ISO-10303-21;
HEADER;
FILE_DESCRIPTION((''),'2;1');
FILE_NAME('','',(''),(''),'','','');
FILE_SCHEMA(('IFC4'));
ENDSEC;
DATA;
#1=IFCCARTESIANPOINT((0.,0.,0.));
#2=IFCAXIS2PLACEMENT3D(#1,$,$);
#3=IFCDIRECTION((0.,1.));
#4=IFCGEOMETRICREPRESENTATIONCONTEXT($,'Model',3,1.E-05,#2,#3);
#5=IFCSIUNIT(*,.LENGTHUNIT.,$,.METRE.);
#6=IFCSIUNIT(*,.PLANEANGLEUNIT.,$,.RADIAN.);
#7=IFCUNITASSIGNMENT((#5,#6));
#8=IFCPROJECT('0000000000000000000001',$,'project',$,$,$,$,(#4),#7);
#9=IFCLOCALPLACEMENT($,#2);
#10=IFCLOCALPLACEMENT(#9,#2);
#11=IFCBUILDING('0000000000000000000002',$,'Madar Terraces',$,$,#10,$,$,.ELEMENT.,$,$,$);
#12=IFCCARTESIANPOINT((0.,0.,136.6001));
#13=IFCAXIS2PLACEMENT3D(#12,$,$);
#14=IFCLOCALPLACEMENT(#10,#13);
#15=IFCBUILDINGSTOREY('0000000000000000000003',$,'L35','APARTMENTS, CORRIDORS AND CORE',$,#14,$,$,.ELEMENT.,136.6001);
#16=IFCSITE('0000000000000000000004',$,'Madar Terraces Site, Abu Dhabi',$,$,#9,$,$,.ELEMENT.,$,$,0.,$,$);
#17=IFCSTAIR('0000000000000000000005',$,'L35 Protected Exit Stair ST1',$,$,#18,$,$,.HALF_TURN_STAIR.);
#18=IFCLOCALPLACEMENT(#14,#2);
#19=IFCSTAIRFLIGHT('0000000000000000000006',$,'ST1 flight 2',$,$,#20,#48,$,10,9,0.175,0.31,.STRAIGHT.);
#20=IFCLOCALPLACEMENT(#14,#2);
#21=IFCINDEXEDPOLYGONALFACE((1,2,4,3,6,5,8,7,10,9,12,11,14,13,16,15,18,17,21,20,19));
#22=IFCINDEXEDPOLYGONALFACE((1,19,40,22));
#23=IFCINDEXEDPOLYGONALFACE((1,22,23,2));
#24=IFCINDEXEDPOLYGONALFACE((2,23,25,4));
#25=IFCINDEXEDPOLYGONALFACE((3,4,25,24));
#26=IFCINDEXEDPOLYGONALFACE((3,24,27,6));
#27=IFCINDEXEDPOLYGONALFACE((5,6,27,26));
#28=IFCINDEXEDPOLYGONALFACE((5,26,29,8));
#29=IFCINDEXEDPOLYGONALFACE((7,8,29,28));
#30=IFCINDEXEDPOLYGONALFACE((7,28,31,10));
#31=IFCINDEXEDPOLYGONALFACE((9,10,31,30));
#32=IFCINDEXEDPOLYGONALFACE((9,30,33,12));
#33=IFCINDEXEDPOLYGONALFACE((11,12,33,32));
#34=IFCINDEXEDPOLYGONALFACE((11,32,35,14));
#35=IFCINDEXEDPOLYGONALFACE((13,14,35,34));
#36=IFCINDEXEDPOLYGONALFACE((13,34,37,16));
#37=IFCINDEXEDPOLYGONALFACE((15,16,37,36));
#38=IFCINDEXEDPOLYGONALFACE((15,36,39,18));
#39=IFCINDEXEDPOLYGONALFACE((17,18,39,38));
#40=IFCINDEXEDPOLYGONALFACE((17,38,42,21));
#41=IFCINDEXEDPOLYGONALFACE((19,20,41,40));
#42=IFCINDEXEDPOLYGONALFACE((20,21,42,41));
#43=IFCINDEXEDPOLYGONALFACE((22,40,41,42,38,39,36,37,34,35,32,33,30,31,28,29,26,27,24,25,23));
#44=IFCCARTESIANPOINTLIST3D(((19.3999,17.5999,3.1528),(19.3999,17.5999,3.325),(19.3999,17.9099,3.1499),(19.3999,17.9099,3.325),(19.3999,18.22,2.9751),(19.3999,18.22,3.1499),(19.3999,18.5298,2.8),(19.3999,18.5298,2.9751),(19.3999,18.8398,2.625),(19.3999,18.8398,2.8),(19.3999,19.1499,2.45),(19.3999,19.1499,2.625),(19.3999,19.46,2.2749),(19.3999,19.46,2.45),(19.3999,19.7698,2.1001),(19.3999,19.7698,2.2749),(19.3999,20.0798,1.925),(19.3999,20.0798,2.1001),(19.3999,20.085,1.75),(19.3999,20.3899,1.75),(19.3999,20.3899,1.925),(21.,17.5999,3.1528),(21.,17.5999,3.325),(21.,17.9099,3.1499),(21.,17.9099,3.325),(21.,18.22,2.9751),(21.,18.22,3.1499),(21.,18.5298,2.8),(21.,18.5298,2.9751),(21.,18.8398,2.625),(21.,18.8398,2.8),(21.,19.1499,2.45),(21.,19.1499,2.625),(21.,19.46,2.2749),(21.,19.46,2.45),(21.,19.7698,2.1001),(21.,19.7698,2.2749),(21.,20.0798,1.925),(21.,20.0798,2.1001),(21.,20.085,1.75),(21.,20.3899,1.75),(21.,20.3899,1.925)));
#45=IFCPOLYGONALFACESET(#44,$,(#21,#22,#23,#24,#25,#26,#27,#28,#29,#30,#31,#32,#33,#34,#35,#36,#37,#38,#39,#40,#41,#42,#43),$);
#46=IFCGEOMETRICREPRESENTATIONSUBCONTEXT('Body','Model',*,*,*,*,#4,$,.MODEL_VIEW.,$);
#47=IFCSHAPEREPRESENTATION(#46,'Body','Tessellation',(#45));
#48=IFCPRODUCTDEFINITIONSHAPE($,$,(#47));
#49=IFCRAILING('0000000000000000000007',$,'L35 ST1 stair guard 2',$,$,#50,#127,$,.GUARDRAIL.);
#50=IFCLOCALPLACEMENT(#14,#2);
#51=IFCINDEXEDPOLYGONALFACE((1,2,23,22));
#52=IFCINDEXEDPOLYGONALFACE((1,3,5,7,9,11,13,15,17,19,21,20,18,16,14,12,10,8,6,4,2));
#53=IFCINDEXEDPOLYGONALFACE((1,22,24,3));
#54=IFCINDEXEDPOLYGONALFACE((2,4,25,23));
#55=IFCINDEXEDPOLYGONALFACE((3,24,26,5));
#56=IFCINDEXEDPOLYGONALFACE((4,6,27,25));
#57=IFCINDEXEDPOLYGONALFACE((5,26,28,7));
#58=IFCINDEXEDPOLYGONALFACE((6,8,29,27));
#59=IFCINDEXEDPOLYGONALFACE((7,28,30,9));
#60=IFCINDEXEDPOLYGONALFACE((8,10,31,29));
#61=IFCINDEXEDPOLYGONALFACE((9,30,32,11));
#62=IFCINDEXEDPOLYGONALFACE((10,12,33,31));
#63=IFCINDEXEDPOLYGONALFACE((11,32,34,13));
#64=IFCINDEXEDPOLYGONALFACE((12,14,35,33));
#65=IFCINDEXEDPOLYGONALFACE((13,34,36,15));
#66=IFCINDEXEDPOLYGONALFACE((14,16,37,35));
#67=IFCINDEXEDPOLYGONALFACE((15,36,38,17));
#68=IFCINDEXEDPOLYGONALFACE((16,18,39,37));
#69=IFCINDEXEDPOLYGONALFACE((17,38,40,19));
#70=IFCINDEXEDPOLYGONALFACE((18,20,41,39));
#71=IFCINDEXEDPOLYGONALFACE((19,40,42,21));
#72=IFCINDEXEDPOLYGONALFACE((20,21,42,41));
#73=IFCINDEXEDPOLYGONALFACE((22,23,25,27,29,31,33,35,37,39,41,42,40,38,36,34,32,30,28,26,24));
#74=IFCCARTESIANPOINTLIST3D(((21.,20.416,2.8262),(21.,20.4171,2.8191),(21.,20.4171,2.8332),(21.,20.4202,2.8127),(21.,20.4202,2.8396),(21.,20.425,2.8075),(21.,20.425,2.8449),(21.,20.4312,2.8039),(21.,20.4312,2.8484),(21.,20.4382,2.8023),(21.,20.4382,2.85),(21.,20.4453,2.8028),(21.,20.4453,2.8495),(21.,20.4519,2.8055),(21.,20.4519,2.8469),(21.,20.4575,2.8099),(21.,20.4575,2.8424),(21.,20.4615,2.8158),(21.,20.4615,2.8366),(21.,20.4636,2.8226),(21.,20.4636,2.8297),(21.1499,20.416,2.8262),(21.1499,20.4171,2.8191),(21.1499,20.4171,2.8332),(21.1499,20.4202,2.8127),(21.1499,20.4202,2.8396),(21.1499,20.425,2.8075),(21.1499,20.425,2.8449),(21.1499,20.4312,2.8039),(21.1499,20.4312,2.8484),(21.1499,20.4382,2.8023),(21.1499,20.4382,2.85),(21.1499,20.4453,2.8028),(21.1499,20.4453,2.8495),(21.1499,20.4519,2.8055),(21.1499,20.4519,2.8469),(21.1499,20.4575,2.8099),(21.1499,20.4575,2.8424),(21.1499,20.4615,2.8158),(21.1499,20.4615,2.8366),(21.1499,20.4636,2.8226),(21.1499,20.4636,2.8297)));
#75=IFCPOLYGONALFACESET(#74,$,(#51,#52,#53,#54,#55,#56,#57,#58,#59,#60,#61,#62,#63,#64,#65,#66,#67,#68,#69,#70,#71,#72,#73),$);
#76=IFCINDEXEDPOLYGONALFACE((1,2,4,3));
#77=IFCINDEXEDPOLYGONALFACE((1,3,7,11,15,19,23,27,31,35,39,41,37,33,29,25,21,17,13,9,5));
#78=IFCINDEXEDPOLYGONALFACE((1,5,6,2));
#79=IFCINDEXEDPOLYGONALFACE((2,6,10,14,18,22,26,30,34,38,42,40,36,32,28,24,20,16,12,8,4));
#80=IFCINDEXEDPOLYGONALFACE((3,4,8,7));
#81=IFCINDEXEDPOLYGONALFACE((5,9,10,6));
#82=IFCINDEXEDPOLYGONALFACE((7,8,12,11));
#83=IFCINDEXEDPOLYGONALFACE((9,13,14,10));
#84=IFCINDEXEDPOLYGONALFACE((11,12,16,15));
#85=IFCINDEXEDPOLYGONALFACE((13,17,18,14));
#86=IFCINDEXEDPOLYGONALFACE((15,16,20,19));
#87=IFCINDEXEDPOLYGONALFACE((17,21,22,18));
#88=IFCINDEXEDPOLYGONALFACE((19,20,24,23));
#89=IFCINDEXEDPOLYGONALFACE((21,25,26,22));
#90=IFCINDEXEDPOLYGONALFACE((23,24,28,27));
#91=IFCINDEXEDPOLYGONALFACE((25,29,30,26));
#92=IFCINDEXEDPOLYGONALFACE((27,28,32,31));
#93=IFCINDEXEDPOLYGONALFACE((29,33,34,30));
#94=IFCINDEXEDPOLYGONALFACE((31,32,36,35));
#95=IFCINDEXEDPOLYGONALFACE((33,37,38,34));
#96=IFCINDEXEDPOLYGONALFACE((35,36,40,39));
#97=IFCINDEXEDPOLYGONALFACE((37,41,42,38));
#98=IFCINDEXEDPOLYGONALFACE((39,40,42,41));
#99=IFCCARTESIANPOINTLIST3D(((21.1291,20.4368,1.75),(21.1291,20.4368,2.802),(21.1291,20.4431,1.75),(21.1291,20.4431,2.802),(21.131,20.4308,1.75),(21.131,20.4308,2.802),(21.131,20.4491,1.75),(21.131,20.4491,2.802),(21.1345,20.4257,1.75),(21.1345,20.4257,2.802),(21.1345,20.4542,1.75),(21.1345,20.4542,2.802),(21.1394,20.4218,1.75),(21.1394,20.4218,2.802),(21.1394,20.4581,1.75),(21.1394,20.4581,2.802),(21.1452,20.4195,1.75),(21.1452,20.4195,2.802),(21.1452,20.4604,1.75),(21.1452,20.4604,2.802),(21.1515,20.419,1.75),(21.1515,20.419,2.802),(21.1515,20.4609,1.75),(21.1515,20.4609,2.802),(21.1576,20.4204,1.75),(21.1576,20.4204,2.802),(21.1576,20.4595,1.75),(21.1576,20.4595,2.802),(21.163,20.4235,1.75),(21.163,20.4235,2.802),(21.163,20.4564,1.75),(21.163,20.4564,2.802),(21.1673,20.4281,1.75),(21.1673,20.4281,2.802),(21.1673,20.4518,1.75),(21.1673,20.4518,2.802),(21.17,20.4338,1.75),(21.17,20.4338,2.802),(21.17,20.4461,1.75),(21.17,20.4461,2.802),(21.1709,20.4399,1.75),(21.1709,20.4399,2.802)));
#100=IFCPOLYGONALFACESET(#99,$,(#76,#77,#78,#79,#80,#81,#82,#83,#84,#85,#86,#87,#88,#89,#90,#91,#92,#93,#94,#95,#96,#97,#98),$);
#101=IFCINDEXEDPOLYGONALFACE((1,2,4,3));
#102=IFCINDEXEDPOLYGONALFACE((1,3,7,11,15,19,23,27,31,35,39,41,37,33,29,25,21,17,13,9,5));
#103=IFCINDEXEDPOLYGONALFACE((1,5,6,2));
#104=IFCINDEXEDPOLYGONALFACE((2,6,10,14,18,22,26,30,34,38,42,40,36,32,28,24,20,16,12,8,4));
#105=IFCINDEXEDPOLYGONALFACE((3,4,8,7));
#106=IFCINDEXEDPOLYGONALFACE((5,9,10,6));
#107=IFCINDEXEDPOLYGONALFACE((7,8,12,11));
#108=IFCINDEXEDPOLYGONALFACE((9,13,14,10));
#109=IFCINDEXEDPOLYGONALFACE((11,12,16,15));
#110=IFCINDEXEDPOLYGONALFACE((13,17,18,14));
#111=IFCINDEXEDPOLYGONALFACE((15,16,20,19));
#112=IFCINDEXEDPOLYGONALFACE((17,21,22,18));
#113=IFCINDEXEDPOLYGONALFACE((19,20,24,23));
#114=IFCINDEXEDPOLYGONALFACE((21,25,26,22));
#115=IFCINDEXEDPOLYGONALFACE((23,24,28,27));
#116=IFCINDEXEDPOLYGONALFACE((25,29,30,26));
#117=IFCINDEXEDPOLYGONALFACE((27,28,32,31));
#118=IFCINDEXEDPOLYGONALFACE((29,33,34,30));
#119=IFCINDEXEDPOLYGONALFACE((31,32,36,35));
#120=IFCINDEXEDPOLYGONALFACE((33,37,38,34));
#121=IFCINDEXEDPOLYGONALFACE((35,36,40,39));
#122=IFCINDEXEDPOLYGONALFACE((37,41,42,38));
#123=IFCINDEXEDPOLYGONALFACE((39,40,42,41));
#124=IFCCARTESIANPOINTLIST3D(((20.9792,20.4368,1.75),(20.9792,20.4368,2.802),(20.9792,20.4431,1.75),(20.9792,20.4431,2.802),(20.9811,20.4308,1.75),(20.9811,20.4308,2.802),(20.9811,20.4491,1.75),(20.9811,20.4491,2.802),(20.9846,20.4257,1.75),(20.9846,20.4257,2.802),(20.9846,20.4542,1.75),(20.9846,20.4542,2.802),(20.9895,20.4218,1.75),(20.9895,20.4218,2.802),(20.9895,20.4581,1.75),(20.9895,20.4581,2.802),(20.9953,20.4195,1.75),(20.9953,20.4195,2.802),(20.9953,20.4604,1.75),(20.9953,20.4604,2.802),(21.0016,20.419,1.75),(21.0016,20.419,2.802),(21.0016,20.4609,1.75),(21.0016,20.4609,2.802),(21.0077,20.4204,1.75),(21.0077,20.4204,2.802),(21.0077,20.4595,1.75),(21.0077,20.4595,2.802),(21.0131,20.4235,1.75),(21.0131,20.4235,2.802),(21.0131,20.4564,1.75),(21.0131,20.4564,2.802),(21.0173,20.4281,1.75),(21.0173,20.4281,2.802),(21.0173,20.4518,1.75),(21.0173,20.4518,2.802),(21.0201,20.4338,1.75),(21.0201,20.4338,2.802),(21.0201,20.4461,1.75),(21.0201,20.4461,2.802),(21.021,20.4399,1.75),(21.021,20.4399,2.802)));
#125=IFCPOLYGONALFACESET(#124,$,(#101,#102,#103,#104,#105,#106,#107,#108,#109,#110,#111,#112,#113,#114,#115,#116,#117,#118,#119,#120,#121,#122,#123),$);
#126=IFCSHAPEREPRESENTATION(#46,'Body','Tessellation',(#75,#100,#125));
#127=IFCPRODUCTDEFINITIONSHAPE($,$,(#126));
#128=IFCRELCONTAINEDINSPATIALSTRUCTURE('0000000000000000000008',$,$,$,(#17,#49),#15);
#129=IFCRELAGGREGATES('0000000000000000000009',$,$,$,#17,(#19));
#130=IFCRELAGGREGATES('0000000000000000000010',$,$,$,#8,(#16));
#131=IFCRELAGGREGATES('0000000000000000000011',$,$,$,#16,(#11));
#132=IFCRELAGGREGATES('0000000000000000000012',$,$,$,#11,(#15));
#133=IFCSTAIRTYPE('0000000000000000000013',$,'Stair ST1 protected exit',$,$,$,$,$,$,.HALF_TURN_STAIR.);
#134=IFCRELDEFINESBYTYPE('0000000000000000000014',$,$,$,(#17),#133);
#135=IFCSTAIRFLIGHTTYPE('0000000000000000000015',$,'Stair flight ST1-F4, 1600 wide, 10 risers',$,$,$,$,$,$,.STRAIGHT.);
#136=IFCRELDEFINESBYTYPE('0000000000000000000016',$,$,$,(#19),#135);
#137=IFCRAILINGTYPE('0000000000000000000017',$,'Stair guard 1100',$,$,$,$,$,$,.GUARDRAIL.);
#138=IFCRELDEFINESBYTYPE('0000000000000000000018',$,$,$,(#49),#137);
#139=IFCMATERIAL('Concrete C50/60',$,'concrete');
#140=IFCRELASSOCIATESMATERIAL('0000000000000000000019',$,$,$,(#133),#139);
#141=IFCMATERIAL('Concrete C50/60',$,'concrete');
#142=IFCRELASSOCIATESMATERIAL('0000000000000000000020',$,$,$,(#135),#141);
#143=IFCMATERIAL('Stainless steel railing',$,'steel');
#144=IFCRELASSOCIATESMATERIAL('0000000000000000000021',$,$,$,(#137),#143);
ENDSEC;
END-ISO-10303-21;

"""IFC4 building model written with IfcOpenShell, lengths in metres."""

from ifc_helpers import new_model, si_unit, direction, frame, origin, origin_2d, place, context, subcontext, project, spatial, polyline, circle, outline, extrude, material, type_object, element, aggregate, save


model = new_model("IFC4")

# Units and contexts
model_context = context("Model", 3, precision=1e-05, world=origin(), true_north=direction((0.0, 1.0)))
body_context = subcontext(model_context, "Body", "Model", "MODEL_VIEW")
ifc_project = project(units=[si_unit("LENGTHUNIT", "METRE"), si_unit("PLANEANGLEUNIT", "RADIAN")], contexts=[model_context])

# Site, building, storey
site_placement = place(None, origin())
site = spatial("IfcSite", under=ifc_project, at=site_placement, Name="Madar Terraces Site, Abu Dhabi", CompositionType="ELEMENT", RefElevation=0.0)
building_placement = place(site_placement, origin())
building = spatial("IfcBuilding", under=site, at=building_placement, Name="Madar Terraces", CompositionType="ELEMENT")
storey_placement = place(building_placement, frame((0.0, 0.0, 136.6001)))
storey = spatial("IfcBuildingStorey", under=building, at=storey_placement, Name="L35", Description="APARTMENTS, CORRIDORS AND CORE", CompositionType="ELEMENT", Elevation=136.6001)

# Stair, stair flight
ifc_material_1 = material(Name="Concrete C50/60", Category="concrete")
stair_type = type_object("IfcStairType", Name="Stair ST1 protected exit", PredefinedType="HALF_TURN_STAIR", material=ifc_material_1)
stair_placement = place(storey_placement, origin())
stair = element("IfcStair", 1, at=stair_placement, inside=storey, type_object=stair_type, Name="L35 Protected Exit Stair ST1", PredefinedType="HALF_TURN_STAIR")
ifc_material_2 = material(Name="Concrete C50/60", Category="concrete")
stair_flight_type = type_object("IfcStairFlightType", Name="Stair flight ST1-F4, 1600 wide, 10 risers", PredefinedType="STRAIGHT", material=ifc_material_2)
stair_flight_placement = place(storey_placement, frame((20.2, 20.3899, 1.75), z_axis=(0.0, 0.0, 1.0), x_axis=(0.0, -1.0, 0.0)))
stair_flight = element("IfcStairFlight", 2, at=stair_flight_placement, type_object=stair_flight_type, Name="ST1 flight 2", NumberOfRisers=10, NumberOfTreads=9, PredefinedType="STRAIGHT", RiserHeight=0.175, TreadLength=0.31, context=body_context, shape_type="SweptSolid", body=[
    extrude(outline(polyline([(0.0, 0.0), (0.0, 0.175), (0.3101, 0.175), (0.3101, 0.3501), (0.6201, 0.3501), (0.6201, 0.5249), (0.9299, 0.5249), (0.9299, 0.7), (1.24, 0.7), (1.24, 0.875), (1.55, 0.875), (1.55, 1.05), (1.8601, 1.05), (1.8601, 1.2251), (2.1699, 1.2251), (2.1699, 1.3999), (2.48, 1.3999), (2.48, 1.575), (2.79, 1.575), (2.79, 1.75), (2.79, 1.4028), (0.3049, 0.0), (0.0, 0.0)])), frame((0.0, 0.8, 0.0), z_axis=(0.0, -1.0, 0.0), x_axis=(1.0, 0.0, 0.0)), (0.0, 0.0, 1.0), 1.6001),
])
aggregate(stair, [stair_flight])

# Railing
ifc_material_3 = material(Name="Stainless steel railing", Category="steel")
railing_type_1 = type_object("IfcRailingType", Name="Stair guard 1100", PredefinedType="GUARDRAIL", material=ifc_material_3)
railing_1_placement = place(storey_placement, frame((21.1499, 20.4399, 1.75)))
element("IfcRailing", 3, at=railing_1_placement, inside=storey, type_object=railing_type_1, Name="L35 ST1 stair guard 2", PredefinedType="GUARDRAIL", context=body_context, shape_type="SweptSolid", body=[
    extrude(circle(Radius=0.0239, at=origin_2d()), frame((0.0, 0.0, 1.0762), z_axis=(-1.0, 0.0, 0.0), x_axis=(0.0, -1.0, 0.0)), (0.0, 0.0, 1.0), 0.1499),
    extrude(circle(Radius=0.021, at=origin_2d()), origin(), (0.0, 0.0, 1.0), 1.052),
    extrude(circle(Radius=0.021, at=origin_2d()), frame((-0.1499, 0.0, 0.0)), (0.0, 0.0, 1.0), 1.052),
])

save(model, "model.ifc")
